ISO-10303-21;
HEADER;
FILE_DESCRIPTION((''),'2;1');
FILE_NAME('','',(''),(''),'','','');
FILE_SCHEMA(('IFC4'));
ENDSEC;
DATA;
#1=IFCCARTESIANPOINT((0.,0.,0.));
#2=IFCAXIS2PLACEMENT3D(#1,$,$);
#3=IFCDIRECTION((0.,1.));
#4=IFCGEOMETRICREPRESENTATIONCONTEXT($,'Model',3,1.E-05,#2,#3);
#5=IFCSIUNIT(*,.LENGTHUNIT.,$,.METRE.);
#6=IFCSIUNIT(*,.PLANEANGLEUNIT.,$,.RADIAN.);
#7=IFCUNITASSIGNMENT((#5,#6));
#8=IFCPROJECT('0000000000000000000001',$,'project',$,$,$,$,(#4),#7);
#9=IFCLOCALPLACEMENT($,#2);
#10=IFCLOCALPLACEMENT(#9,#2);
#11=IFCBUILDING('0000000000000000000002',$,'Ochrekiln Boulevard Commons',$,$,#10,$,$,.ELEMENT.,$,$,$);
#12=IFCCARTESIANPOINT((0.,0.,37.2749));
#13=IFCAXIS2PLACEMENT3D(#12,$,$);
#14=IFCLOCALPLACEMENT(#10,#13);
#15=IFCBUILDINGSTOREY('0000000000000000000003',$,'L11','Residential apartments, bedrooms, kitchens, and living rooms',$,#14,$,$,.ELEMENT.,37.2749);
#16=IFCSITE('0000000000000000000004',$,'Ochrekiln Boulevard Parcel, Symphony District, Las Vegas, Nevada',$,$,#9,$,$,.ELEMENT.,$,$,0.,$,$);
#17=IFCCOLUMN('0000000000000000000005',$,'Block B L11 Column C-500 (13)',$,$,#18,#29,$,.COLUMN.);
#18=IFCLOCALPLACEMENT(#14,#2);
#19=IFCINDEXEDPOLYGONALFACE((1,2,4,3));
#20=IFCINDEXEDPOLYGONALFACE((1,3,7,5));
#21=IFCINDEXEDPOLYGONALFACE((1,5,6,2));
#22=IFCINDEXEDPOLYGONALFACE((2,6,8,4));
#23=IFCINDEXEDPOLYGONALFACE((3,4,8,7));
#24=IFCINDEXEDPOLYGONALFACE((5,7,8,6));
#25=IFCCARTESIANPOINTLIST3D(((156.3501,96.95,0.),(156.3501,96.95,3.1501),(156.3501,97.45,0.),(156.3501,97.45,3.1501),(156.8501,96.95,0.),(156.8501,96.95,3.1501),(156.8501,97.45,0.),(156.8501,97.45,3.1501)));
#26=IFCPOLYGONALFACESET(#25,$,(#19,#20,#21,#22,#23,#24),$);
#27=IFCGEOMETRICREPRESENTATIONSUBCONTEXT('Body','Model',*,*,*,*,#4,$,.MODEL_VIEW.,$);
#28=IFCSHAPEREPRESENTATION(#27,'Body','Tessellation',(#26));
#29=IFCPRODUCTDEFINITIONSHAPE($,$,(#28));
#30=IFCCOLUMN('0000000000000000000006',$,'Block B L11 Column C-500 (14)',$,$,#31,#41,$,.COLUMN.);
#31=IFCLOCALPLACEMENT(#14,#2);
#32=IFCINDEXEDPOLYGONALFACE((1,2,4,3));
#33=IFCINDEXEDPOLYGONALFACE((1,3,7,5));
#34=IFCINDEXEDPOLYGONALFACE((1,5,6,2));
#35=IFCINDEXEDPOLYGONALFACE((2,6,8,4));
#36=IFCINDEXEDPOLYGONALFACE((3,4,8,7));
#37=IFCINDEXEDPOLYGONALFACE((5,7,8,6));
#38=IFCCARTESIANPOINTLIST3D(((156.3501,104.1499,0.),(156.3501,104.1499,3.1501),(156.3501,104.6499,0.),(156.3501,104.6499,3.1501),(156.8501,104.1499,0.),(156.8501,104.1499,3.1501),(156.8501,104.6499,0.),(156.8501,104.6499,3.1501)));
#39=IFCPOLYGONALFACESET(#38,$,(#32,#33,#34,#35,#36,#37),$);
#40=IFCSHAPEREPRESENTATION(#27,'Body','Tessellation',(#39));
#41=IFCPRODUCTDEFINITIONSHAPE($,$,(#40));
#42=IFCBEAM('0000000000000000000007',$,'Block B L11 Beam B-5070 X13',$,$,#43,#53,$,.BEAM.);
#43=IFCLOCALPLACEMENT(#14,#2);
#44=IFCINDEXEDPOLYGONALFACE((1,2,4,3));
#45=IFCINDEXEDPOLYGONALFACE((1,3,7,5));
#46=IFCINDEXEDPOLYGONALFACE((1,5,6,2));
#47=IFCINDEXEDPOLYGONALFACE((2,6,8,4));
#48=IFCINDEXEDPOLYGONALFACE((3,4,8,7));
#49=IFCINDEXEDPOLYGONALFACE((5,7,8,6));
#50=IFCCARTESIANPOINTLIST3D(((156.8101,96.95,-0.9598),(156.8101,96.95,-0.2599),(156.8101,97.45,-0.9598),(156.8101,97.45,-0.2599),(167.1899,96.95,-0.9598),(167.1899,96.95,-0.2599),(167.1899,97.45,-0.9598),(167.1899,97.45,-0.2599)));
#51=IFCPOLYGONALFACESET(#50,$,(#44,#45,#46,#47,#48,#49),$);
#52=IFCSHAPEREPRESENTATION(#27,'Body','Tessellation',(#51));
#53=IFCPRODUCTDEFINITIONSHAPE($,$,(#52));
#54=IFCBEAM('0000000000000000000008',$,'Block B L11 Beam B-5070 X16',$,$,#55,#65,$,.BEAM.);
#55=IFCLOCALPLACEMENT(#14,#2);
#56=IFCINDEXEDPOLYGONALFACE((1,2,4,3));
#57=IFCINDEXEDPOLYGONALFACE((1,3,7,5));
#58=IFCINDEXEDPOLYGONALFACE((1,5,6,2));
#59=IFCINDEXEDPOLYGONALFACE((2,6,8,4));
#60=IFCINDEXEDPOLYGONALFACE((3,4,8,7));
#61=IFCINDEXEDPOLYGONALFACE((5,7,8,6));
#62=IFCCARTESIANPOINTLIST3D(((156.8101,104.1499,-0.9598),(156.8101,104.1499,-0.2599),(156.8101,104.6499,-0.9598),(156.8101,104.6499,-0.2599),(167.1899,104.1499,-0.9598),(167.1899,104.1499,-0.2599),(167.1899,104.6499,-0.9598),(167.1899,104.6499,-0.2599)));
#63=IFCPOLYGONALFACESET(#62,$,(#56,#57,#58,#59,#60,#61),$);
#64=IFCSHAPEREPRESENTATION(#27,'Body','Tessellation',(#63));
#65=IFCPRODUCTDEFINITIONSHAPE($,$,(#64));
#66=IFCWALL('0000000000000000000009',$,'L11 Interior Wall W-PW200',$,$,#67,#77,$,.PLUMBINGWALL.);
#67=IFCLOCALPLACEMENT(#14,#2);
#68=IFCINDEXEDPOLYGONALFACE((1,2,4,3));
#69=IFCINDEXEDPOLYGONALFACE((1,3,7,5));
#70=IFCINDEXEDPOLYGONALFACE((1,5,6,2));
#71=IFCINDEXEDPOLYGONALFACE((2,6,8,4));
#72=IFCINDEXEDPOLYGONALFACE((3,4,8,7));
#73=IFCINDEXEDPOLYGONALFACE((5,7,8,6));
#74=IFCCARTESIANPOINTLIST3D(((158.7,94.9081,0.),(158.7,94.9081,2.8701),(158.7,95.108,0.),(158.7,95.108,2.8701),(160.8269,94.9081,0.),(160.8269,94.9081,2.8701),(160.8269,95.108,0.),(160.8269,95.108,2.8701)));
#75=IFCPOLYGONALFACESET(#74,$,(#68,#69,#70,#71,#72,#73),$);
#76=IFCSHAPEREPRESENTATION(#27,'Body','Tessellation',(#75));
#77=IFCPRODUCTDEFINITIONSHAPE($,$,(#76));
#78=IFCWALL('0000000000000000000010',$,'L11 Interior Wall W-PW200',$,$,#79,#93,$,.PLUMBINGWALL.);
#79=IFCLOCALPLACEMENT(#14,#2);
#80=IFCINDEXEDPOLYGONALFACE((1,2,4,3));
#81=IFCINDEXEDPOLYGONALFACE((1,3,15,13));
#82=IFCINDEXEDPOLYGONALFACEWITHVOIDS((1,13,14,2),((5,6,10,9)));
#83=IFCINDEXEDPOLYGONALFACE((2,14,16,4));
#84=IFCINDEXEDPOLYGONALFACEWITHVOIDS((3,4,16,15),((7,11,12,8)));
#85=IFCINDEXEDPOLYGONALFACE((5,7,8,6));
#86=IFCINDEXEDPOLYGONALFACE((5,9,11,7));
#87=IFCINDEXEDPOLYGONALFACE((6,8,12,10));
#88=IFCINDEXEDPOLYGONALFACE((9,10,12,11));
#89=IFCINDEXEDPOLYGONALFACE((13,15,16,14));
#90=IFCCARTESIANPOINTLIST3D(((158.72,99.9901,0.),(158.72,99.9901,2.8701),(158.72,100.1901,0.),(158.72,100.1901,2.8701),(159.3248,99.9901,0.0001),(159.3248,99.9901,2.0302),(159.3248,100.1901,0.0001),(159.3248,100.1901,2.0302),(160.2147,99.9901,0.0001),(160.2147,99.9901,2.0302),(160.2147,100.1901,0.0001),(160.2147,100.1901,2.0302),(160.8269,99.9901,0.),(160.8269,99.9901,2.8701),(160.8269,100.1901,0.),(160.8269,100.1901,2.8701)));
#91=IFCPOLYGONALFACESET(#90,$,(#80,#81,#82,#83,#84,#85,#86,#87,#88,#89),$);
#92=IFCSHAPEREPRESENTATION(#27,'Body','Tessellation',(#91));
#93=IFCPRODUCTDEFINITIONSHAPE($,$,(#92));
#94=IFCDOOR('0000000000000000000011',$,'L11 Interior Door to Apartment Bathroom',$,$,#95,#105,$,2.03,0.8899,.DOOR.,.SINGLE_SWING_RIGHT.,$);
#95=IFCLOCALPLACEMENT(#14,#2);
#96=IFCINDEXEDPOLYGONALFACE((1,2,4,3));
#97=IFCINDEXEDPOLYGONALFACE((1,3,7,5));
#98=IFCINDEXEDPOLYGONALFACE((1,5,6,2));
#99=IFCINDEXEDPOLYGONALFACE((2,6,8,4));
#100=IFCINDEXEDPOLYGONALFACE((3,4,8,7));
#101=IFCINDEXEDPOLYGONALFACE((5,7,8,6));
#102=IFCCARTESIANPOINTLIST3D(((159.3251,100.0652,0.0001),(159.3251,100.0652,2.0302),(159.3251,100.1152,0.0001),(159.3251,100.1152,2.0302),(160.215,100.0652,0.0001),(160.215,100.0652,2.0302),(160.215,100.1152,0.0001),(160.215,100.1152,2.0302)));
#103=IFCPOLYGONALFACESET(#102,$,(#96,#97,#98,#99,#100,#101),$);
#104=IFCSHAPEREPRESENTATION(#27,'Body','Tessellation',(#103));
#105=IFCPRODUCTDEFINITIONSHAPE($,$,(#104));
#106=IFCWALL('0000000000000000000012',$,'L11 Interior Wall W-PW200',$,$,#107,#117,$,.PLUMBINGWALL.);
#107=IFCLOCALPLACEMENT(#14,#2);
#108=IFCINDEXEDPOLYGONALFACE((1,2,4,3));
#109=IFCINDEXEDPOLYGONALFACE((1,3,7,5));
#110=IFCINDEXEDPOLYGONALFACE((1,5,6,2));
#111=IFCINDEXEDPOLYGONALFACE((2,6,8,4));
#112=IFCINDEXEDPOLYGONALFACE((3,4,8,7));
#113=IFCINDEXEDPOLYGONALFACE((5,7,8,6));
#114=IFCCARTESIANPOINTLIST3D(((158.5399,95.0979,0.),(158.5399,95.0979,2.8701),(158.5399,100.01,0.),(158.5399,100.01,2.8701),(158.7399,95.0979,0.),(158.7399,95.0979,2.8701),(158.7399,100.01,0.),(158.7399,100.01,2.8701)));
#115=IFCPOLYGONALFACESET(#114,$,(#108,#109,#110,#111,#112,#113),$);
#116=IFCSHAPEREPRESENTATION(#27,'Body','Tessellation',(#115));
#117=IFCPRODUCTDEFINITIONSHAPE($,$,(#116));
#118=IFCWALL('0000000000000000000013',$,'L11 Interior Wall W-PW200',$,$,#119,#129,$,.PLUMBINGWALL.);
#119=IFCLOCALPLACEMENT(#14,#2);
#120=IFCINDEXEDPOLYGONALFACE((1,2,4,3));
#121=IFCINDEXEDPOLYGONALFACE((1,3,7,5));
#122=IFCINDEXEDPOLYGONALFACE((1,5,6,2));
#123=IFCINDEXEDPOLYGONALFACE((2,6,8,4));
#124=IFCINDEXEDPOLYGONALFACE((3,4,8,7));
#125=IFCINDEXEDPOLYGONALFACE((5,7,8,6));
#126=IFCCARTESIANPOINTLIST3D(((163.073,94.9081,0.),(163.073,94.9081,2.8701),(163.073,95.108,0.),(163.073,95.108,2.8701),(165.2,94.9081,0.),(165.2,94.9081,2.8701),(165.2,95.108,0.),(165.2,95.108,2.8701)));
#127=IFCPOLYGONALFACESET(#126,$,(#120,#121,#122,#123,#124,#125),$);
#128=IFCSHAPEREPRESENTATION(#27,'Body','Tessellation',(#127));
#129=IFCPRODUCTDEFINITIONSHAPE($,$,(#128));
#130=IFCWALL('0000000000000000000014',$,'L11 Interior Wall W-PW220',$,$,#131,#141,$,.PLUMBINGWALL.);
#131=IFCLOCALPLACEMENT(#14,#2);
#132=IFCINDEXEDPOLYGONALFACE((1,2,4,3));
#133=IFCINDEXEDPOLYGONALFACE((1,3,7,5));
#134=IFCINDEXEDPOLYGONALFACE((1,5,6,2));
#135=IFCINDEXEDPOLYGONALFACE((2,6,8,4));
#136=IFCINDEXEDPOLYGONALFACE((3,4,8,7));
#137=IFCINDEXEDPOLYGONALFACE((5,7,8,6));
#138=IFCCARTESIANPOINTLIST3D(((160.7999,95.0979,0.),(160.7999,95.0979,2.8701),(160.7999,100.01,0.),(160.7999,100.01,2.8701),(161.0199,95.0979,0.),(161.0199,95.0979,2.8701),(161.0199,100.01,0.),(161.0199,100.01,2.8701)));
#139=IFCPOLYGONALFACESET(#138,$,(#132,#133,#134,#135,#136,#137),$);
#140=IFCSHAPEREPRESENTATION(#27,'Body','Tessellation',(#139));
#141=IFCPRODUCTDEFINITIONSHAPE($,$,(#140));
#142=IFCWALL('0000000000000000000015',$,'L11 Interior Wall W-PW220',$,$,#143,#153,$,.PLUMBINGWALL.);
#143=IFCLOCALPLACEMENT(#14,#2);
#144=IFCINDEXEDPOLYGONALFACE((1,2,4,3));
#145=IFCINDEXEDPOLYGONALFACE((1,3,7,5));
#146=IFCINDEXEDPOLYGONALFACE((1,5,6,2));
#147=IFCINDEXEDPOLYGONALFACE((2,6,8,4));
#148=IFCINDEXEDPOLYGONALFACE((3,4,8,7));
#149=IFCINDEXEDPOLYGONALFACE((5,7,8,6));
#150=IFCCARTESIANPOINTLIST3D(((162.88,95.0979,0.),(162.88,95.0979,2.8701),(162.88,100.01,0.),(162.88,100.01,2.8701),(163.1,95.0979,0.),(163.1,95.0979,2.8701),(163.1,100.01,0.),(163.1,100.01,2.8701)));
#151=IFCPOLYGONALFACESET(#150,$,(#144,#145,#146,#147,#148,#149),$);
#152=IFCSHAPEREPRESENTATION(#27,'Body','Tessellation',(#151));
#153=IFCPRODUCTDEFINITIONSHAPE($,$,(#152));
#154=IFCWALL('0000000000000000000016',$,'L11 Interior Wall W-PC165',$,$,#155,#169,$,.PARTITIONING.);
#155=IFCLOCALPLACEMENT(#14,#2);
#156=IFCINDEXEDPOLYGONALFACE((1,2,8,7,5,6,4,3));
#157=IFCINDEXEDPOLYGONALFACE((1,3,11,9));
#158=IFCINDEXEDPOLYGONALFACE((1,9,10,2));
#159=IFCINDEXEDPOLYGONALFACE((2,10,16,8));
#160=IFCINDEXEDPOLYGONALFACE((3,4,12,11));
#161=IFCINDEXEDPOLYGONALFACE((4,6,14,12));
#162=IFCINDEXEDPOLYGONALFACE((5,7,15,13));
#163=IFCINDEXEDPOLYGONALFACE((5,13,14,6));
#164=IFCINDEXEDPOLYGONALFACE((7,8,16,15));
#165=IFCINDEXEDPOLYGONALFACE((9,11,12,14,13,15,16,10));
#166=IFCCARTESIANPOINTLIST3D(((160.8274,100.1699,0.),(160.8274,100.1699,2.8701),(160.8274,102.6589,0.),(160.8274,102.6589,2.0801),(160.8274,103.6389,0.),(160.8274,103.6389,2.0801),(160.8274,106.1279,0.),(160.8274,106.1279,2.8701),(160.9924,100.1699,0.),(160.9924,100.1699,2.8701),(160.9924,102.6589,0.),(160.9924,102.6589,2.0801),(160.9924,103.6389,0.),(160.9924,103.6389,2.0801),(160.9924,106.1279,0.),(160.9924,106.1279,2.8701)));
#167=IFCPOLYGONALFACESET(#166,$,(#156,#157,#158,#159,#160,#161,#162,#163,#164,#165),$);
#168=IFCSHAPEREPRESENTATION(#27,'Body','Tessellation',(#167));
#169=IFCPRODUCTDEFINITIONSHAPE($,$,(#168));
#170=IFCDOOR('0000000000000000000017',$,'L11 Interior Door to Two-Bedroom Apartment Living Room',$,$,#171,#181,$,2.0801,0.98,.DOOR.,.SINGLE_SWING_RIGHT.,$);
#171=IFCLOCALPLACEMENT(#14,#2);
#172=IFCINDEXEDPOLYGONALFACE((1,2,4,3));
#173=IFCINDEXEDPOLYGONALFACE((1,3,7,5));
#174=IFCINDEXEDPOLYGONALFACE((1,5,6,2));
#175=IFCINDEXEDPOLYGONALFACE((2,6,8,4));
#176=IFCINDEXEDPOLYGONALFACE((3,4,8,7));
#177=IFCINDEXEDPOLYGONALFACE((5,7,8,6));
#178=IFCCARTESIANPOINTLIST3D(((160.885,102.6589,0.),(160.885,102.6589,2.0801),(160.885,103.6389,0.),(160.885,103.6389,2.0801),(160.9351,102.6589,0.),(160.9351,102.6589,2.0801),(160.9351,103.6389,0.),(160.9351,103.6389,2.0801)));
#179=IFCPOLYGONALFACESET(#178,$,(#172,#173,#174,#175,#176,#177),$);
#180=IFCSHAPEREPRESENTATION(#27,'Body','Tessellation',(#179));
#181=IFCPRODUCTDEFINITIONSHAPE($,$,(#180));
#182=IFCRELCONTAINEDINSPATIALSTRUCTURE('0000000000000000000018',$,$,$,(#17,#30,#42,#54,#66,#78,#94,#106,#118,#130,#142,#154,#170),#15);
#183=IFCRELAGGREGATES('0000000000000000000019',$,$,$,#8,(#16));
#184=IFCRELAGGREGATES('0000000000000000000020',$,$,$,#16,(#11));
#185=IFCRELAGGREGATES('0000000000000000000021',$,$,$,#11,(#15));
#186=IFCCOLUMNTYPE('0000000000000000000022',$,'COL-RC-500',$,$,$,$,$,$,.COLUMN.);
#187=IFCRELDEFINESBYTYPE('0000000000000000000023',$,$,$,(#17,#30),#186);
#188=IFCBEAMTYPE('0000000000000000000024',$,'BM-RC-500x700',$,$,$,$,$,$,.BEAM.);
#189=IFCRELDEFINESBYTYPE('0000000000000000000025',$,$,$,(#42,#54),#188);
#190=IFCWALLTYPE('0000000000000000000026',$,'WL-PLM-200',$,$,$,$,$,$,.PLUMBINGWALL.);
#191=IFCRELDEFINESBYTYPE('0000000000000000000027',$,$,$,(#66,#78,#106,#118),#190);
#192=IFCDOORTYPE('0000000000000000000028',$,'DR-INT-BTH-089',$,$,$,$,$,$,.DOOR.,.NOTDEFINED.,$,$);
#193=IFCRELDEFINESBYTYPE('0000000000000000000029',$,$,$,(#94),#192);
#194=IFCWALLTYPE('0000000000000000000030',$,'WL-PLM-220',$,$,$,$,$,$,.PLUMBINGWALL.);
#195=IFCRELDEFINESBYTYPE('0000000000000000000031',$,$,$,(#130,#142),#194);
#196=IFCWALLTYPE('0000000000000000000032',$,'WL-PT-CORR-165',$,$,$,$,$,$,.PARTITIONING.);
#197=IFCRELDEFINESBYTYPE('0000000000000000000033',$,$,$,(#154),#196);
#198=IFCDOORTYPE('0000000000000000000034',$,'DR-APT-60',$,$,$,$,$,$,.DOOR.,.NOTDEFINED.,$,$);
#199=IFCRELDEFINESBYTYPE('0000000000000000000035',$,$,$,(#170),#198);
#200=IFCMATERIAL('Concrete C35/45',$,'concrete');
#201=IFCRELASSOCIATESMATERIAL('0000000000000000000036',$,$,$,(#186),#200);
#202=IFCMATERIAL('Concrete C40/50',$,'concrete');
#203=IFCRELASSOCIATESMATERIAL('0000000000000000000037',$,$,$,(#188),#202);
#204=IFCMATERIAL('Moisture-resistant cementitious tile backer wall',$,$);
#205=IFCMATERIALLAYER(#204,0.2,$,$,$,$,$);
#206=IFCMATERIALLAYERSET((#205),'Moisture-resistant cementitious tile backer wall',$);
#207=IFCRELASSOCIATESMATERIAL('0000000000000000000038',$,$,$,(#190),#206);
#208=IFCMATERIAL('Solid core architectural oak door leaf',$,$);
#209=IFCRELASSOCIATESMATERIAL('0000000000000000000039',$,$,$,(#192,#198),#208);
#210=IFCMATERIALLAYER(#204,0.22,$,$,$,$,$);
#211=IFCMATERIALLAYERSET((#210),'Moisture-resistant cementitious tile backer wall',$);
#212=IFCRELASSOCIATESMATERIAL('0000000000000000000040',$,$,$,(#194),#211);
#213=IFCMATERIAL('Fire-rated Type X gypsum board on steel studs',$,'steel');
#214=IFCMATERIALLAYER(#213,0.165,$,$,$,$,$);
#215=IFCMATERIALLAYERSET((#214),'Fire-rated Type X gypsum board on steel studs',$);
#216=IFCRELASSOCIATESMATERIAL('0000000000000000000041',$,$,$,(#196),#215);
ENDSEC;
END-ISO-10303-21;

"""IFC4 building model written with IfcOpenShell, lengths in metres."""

from ifc_helpers import new_model, si_unit, direction, frame, frame_2d, origin, origin_2d, place, context, subcontext, project, spatial, rectangle, extrude, material, layer, layer_set, material_profile, profile_set, type_object, element, fill, save


model = new_model("IFC4")

# Units and contexts
model_context = context("Model", 3, precision=1e-05, world=origin(), true_north=direction((0.0, 1.0)))
body_context = subcontext(model_context, "Body", "Model", "MODEL_VIEW")
ifc_project = project(units=[si_unit("LENGTHUNIT", "METRE"), si_unit("PLANEANGLEUNIT", "RADIAN")], contexts=[model_context])

# Site, building, storey
site_placement = place(None, origin())
site = spatial("IfcSite", under=ifc_project, at=site_placement, Name="Ochrekiln Boulevard Parcel, Symphony District, Las Vegas, Nevada", CompositionType="ELEMENT", RefElevation=0.0)
building_placement = place(site_placement, origin())
building = spatial("IfcBuilding", under=site, at=building_placement, Name="Ochrekiln Boulevard Commons", CompositionType="ELEMENT")
storey_placement = place(building_placement, frame((0.0, 0.0, 37.2749)))
storey = spatial("IfcBuildingStorey", under=building, at=storey_placement, Name="L11", Description="Residential apartments, bedrooms, kitchens, and living rooms", CompositionType="ELEMENT", Elevation=37.2749)

# Columns
ifc_material_1 = material(Name="Concrete C35/45", Category="concrete")
ifc_material_profile_1 = material_profile(ifc_material_1, rectangle(XDim=0.5, YDim=0.5, at=origin_2d()), Name="RC-COL-500x500")
ifc_profile_set_1 = profile_set([ifc_material_profile_1], Name="Concrete C35/45")
column_type = type_object("IfcColumnType", Name="COL-RC-500", PredefinedType="COLUMN", material=ifc_profile_set_1)
for number, where, z_axis, x_axis, name in (
    (1, (156.6001, 97.2, 0.0), (0.0, 0.0, 1.0), (1.0, 0.0, 0.0), "Block B L11 Column C-500 (13)"),
    (2, (156.6001, 104.3999, 0.0), (0.0, 0.0, 1.0), (1.0, 0.0, 0.0), "Block B L11 Column C-500 (14)"),
):
    element("IfcColumn", number, at=place(storey_placement, frame(where, z_axis=z_axis, x_axis=x_axis)), inside=storey, type_object=column_type, Name=name, PredefinedType="COLUMN", context=body_context, shape_type="SweptSolid", body=[
        extrude(rectangle(XDim=0.5, YDim=0.5, at=origin_2d()), origin(), (0.0, 0.0, 1.0), 3.1501),
    ])

# Beams
ifc_material_2 = material(Name="Concrete C40/50", Category="concrete")
ifc_material_profile_2 = material_profile(ifc_material_2, rectangle(XDim=0.5, YDim=0.7, at=origin_2d()), Name="RC-BM-500x700")
ifc_profile_set_2 = profile_set([ifc_material_profile_2], Name="Concrete C40/50")
beam_type = type_object("IfcBeamType", Name="BM-RC-500x700", PredefinedType="BEAM", material=ifc_profile_set_2)
for number, where, z_axis, x_axis, name in (
    (3, (156.8101, 97.2, -0.6099), (1.0, 0.0, 0.0), (0.0, 1.0, 0.0), "Block B L11 Beam B-5070 X13"),
    (4, (156.8101, 104.3999, -0.6099), (1.0, 0.0, 0.0), (0.0, 1.0, 0.0), "Block B L11 Beam B-5070 X16"),
):
    element("IfcBeam", number, at=place(storey_placement, frame(where, z_axis=z_axis, x_axis=x_axis)), inside=storey, type_object=beam_type, Name=name, PredefinedType="BEAM", context=body_context, shape_type="SweptSolid", body=[
        extrude(rectangle(XDim=0.5, YDim=0.7, at=origin_2d()), origin(), (0.0, 0.0, 1.0), 10.3799),
    ])

# Wall
ifc_material_3 = material(Name="Moisture-resistant cementitious tile backer wall")
ifc_layer_1 = layer(ifc_material_3, 0.2)
ifc_layer_set_1 = layer_set([ifc_layer_1], Name="Moisture-resistant cementitious tile backer wall")
wall_type_1 = type_object("IfcWallType", Name="WL-PLM-200", PredefinedType="PLUMBINGWALL", material=ifc_layer_set_1)
wall_1_placement = place(storey_placement, frame((158.7, 95.0081, 0.0), z_axis=(0.0, 0.0, 1.0), x_axis=(1.0, 0.0, 0.0)))
element("IfcWall", 5, at=wall_1_placement, inside=storey, type_object=wall_type_1, Name="L11 Interior Wall W-PW200", PredefinedType="PLUMBINGWALL", context=body_context, shape_type="SweptSolid", body=[
    extrude(rectangle(XDim=2.127, YDim=0.2, at=frame_2d((1.0635, 0.0))), origin(), (0.0, 0.0, 1.0), 2.8701),
])

# Wall, opening, door
wall_2_placement = place(storey_placement, frame((158.72, 100.0901, 0.0), z_axis=(0.0, 0.0, 1.0), x_axis=(1.0, 0.0, 0.0)))
wall_2 = element("IfcWall", 6, at=wall_2_placement, inside=storey, type_object=wall_type_1, Name="L11 Interior Wall W-PW200", PredefinedType="PLUMBINGWALL", context=body_context, shape_type="SweptSolid", body=[
    extrude(rectangle(XDim=2.1069, YDim=0.2, at=frame_2d((1.0535, 0.0))), origin(), (0.0, 0.0, 1.0), 2.8701),
])
opening_1_placement = place(wall_2_placement, frame((0.605, 0.0, 0.0)))
opening_1 = element("IfcOpeningElement", 7, at=opening_1_placement, cuts=wall_2, PredefinedType="OPENING", context=body_context, shape_type="SweptSolid", body=[
    extrude(rectangle(XDim=0.8899, YDim=2.03, at=frame_2d((0.4448, 1.0151))), frame((0.0, 0.1099, 0.0), z_axis=(0.0, -1.0, 0.0), x_axis=(1.0, 0.0, 0.0)), (0.0, 0.0, 1.0), 0.22),
])
ifc_material_4 = material(Name="Solid core architectural oak door leaf")
door_type_1 = type_object("IfcDoorType", Name="DR-INT-BTH-089", OperationType="NOTDEFINED", PredefinedType="DOOR", material=ifc_material_4)
door_1_placement = place(opening_1_placement, frame((0.8899, 0.0, 0.0), z_axis=(0.0, 0.0, 1.0), x_axis=(-1.0, 0.0, 0.0)))
door_1 = element("IfcDoor", 8, at=door_1_placement, inside=storey, type_object=door_type_1, Name="L11 Interior Door to Apartment Bathroom", OperationType="SINGLE_SWING_RIGHT", OverallHeight=2.03, OverallWidth=0.8899, PredefinedType="DOOR", context=body_context, shape_type="SweptSolid", body=[
    extrude(rectangle(XDim=0.8899, YDim=2.03, at=frame_2d((0.4448, 1.0151))), frame((0.0, 0.0249, 0.0), z_axis=(0.0, -1.0, 0.0), x_axis=(1.0, 0.0, 0.0)), (0.0, 0.0, 1.0), 0.05),
])
fill(opening_1, door_1)

# Walls
wall_3_placement = place(storey_placement, frame((158.6399, 95.0979, 0.0), z_axis=(0.0, 0.0, 1.0), x_axis=(0.0, 1.0, 0.0)))
element("IfcWall", 9, at=wall_3_placement, inside=storey, type_object=wall_type_1, Name="L11 Interior Wall W-PW200", PredefinedType="PLUMBINGWALL", context=body_context, shape_type="SweptSolid", body=[
    extrude(rectangle(XDim=4.9121, YDim=0.2, at=frame_2d((2.4561, 0.0))), origin(), (0.0, 0.0, 1.0), 2.8701),
])
wall_4_placement = place(storey_placement, frame((163.073, 95.0081, 0.0), z_axis=(0.0, 0.0, 1.0), x_axis=(1.0, 0.0, 0.0)))
element("IfcWall", 10, at=wall_4_placement, inside=storey, type_object=wall_type_1, Name="L11 Interior Wall W-PW200", PredefinedType="PLUMBINGWALL", context=body_context, shape_type="SweptSolid", body=[
    extrude(rectangle(XDim=2.127, YDim=0.2, at=frame_2d((1.0635, 0.0))), origin(), (0.0, 0.0, 1.0), 2.8701),
])
ifc_layer_2 = layer(ifc_material_3, 0.22)
ifc_layer_set_2 = layer_set([ifc_layer_2], Name="Moisture-resistant cementitious tile backer wall")
wall_type_2 = type_object("IfcWallType", Name="WL-PLM-220", PredefinedType="PLUMBINGWALL", material=ifc_layer_set_2)
for number, where, z_axis, x_axis, name in (
    (11, (160.9099, 95.0979, 0.0), (0.0, 0.0, 1.0), (0.0, 1.0, 0.0), "L11 Interior Wall W-PW220"),
    (12, (162.99, 95.0979, 0.0), (0.0, 0.0, 1.0), (0.0, 1.0, 0.0), "L11 Interior Wall W-PW220"),
):
    element("IfcWall", number, at=place(storey_placement, frame(where, z_axis=z_axis, x_axis=x_axis)), inside=storey, type_object=wall_type_2, Name=name, PredefinedType="PLUMBINGWALL", context=body_context, shape_type="SweptSolid", body=[
        extrude(rectangle(XDim=4.9121, YDim=0.22, at=frame_2d((2.4561, 0.0))), origin(), (0.0, 0.0, 1.0), 2.8701),
    ])

# Wall, opening, door
ifc_material_5 = material(Name="Fire-rated Type X gypsum board on steel studs", Category="steel")
ifc_layer_3 = layer(ifc_material_5, 0.165)
ifc_layer_set_3 = layer_set([ifc_layer_3], Name="Fire-rated Type X gypsum board on steel studs")
wall_type_3 = type_object("IfcWallType", Name="WL-PT-CORR-165", PredefinedType="PARTITIONING", material=ifc_layer_set_3)
wall_5_placement = place(storey_placement, frame((160.9099, 100.1699, 0.0), z_axis=(0.0, 0.0, 1.0), x_axis=(0.0, 1.0, 0.0)))
wall_5 = element("IfcWall", 13, at=wall_5_placement, inside=storey, type_object=wall_type_3, Name="L11 Interior Wall W-PC165", PredefinedType="PARTITIONING", context=body_context, shape_type="SweptSolid", body=[
    extrude(rectangle(XDim=5.958, YDim=0.165, at=frame_2d((2.979, 0.0))), origin(), (0.0, 0.0, 1.0), 2.8701),
])
opening_2_placement = place(wall_5_placement, frame((2.489, 0.0, 0.0)))
opening_2 = element("IfcOpeningElement", 14, at=opening_2_placement, cuts=wall_5, PredefinedType="OPENING", context=body_context, shape_type="SweptSolid", body=[
    extrude(rectangle(XDim=0.98, YDim=2.0801, at=frame_2d((0.49, 1.04))), frame((0.0, 0.0925, 0.0), z_axis=(0.0, -1.0, 0.0), x_axis=(1.0, 0.0, 0.0)), (0.0, 0.0, 1.0), 0.1851),
])
door_type_2 = type_object("IfcDoorType", Name="DR-APT-60", OperationType="NOTDEFINED", PredefinedType="DOOR", material=ifc_material_4)
door_2_placement = place(opening_2_placement, origin())
door_2 = element("IfcDoor", 15, at=door_2_placement, inside=storey, type_object=door_type_2, Name="L11 Interior Door to Two-Bedroom Apartment Living Room", OperationType="SINGLE_SWING_RIGHT", OverallHeight=2.0801, OverallWidth=0.98, PredefinedType="DOOR", context=body_context, shape_type="SweptSolid", body=[
    extrude(rectangle(XDim=0.98, YDim=2.0801, at=frame_2d((0.49, 1.04))), frame((0.0, 0.0249, 0.0), z_axis=(0.0, -1.0, 0.0), x_axis=(1.0, 0.0, 0.0)), (0.0, 0.0, 1.0), 0.05),
])
fill(opening_2, door_2)

save(model, "model.ifc")
